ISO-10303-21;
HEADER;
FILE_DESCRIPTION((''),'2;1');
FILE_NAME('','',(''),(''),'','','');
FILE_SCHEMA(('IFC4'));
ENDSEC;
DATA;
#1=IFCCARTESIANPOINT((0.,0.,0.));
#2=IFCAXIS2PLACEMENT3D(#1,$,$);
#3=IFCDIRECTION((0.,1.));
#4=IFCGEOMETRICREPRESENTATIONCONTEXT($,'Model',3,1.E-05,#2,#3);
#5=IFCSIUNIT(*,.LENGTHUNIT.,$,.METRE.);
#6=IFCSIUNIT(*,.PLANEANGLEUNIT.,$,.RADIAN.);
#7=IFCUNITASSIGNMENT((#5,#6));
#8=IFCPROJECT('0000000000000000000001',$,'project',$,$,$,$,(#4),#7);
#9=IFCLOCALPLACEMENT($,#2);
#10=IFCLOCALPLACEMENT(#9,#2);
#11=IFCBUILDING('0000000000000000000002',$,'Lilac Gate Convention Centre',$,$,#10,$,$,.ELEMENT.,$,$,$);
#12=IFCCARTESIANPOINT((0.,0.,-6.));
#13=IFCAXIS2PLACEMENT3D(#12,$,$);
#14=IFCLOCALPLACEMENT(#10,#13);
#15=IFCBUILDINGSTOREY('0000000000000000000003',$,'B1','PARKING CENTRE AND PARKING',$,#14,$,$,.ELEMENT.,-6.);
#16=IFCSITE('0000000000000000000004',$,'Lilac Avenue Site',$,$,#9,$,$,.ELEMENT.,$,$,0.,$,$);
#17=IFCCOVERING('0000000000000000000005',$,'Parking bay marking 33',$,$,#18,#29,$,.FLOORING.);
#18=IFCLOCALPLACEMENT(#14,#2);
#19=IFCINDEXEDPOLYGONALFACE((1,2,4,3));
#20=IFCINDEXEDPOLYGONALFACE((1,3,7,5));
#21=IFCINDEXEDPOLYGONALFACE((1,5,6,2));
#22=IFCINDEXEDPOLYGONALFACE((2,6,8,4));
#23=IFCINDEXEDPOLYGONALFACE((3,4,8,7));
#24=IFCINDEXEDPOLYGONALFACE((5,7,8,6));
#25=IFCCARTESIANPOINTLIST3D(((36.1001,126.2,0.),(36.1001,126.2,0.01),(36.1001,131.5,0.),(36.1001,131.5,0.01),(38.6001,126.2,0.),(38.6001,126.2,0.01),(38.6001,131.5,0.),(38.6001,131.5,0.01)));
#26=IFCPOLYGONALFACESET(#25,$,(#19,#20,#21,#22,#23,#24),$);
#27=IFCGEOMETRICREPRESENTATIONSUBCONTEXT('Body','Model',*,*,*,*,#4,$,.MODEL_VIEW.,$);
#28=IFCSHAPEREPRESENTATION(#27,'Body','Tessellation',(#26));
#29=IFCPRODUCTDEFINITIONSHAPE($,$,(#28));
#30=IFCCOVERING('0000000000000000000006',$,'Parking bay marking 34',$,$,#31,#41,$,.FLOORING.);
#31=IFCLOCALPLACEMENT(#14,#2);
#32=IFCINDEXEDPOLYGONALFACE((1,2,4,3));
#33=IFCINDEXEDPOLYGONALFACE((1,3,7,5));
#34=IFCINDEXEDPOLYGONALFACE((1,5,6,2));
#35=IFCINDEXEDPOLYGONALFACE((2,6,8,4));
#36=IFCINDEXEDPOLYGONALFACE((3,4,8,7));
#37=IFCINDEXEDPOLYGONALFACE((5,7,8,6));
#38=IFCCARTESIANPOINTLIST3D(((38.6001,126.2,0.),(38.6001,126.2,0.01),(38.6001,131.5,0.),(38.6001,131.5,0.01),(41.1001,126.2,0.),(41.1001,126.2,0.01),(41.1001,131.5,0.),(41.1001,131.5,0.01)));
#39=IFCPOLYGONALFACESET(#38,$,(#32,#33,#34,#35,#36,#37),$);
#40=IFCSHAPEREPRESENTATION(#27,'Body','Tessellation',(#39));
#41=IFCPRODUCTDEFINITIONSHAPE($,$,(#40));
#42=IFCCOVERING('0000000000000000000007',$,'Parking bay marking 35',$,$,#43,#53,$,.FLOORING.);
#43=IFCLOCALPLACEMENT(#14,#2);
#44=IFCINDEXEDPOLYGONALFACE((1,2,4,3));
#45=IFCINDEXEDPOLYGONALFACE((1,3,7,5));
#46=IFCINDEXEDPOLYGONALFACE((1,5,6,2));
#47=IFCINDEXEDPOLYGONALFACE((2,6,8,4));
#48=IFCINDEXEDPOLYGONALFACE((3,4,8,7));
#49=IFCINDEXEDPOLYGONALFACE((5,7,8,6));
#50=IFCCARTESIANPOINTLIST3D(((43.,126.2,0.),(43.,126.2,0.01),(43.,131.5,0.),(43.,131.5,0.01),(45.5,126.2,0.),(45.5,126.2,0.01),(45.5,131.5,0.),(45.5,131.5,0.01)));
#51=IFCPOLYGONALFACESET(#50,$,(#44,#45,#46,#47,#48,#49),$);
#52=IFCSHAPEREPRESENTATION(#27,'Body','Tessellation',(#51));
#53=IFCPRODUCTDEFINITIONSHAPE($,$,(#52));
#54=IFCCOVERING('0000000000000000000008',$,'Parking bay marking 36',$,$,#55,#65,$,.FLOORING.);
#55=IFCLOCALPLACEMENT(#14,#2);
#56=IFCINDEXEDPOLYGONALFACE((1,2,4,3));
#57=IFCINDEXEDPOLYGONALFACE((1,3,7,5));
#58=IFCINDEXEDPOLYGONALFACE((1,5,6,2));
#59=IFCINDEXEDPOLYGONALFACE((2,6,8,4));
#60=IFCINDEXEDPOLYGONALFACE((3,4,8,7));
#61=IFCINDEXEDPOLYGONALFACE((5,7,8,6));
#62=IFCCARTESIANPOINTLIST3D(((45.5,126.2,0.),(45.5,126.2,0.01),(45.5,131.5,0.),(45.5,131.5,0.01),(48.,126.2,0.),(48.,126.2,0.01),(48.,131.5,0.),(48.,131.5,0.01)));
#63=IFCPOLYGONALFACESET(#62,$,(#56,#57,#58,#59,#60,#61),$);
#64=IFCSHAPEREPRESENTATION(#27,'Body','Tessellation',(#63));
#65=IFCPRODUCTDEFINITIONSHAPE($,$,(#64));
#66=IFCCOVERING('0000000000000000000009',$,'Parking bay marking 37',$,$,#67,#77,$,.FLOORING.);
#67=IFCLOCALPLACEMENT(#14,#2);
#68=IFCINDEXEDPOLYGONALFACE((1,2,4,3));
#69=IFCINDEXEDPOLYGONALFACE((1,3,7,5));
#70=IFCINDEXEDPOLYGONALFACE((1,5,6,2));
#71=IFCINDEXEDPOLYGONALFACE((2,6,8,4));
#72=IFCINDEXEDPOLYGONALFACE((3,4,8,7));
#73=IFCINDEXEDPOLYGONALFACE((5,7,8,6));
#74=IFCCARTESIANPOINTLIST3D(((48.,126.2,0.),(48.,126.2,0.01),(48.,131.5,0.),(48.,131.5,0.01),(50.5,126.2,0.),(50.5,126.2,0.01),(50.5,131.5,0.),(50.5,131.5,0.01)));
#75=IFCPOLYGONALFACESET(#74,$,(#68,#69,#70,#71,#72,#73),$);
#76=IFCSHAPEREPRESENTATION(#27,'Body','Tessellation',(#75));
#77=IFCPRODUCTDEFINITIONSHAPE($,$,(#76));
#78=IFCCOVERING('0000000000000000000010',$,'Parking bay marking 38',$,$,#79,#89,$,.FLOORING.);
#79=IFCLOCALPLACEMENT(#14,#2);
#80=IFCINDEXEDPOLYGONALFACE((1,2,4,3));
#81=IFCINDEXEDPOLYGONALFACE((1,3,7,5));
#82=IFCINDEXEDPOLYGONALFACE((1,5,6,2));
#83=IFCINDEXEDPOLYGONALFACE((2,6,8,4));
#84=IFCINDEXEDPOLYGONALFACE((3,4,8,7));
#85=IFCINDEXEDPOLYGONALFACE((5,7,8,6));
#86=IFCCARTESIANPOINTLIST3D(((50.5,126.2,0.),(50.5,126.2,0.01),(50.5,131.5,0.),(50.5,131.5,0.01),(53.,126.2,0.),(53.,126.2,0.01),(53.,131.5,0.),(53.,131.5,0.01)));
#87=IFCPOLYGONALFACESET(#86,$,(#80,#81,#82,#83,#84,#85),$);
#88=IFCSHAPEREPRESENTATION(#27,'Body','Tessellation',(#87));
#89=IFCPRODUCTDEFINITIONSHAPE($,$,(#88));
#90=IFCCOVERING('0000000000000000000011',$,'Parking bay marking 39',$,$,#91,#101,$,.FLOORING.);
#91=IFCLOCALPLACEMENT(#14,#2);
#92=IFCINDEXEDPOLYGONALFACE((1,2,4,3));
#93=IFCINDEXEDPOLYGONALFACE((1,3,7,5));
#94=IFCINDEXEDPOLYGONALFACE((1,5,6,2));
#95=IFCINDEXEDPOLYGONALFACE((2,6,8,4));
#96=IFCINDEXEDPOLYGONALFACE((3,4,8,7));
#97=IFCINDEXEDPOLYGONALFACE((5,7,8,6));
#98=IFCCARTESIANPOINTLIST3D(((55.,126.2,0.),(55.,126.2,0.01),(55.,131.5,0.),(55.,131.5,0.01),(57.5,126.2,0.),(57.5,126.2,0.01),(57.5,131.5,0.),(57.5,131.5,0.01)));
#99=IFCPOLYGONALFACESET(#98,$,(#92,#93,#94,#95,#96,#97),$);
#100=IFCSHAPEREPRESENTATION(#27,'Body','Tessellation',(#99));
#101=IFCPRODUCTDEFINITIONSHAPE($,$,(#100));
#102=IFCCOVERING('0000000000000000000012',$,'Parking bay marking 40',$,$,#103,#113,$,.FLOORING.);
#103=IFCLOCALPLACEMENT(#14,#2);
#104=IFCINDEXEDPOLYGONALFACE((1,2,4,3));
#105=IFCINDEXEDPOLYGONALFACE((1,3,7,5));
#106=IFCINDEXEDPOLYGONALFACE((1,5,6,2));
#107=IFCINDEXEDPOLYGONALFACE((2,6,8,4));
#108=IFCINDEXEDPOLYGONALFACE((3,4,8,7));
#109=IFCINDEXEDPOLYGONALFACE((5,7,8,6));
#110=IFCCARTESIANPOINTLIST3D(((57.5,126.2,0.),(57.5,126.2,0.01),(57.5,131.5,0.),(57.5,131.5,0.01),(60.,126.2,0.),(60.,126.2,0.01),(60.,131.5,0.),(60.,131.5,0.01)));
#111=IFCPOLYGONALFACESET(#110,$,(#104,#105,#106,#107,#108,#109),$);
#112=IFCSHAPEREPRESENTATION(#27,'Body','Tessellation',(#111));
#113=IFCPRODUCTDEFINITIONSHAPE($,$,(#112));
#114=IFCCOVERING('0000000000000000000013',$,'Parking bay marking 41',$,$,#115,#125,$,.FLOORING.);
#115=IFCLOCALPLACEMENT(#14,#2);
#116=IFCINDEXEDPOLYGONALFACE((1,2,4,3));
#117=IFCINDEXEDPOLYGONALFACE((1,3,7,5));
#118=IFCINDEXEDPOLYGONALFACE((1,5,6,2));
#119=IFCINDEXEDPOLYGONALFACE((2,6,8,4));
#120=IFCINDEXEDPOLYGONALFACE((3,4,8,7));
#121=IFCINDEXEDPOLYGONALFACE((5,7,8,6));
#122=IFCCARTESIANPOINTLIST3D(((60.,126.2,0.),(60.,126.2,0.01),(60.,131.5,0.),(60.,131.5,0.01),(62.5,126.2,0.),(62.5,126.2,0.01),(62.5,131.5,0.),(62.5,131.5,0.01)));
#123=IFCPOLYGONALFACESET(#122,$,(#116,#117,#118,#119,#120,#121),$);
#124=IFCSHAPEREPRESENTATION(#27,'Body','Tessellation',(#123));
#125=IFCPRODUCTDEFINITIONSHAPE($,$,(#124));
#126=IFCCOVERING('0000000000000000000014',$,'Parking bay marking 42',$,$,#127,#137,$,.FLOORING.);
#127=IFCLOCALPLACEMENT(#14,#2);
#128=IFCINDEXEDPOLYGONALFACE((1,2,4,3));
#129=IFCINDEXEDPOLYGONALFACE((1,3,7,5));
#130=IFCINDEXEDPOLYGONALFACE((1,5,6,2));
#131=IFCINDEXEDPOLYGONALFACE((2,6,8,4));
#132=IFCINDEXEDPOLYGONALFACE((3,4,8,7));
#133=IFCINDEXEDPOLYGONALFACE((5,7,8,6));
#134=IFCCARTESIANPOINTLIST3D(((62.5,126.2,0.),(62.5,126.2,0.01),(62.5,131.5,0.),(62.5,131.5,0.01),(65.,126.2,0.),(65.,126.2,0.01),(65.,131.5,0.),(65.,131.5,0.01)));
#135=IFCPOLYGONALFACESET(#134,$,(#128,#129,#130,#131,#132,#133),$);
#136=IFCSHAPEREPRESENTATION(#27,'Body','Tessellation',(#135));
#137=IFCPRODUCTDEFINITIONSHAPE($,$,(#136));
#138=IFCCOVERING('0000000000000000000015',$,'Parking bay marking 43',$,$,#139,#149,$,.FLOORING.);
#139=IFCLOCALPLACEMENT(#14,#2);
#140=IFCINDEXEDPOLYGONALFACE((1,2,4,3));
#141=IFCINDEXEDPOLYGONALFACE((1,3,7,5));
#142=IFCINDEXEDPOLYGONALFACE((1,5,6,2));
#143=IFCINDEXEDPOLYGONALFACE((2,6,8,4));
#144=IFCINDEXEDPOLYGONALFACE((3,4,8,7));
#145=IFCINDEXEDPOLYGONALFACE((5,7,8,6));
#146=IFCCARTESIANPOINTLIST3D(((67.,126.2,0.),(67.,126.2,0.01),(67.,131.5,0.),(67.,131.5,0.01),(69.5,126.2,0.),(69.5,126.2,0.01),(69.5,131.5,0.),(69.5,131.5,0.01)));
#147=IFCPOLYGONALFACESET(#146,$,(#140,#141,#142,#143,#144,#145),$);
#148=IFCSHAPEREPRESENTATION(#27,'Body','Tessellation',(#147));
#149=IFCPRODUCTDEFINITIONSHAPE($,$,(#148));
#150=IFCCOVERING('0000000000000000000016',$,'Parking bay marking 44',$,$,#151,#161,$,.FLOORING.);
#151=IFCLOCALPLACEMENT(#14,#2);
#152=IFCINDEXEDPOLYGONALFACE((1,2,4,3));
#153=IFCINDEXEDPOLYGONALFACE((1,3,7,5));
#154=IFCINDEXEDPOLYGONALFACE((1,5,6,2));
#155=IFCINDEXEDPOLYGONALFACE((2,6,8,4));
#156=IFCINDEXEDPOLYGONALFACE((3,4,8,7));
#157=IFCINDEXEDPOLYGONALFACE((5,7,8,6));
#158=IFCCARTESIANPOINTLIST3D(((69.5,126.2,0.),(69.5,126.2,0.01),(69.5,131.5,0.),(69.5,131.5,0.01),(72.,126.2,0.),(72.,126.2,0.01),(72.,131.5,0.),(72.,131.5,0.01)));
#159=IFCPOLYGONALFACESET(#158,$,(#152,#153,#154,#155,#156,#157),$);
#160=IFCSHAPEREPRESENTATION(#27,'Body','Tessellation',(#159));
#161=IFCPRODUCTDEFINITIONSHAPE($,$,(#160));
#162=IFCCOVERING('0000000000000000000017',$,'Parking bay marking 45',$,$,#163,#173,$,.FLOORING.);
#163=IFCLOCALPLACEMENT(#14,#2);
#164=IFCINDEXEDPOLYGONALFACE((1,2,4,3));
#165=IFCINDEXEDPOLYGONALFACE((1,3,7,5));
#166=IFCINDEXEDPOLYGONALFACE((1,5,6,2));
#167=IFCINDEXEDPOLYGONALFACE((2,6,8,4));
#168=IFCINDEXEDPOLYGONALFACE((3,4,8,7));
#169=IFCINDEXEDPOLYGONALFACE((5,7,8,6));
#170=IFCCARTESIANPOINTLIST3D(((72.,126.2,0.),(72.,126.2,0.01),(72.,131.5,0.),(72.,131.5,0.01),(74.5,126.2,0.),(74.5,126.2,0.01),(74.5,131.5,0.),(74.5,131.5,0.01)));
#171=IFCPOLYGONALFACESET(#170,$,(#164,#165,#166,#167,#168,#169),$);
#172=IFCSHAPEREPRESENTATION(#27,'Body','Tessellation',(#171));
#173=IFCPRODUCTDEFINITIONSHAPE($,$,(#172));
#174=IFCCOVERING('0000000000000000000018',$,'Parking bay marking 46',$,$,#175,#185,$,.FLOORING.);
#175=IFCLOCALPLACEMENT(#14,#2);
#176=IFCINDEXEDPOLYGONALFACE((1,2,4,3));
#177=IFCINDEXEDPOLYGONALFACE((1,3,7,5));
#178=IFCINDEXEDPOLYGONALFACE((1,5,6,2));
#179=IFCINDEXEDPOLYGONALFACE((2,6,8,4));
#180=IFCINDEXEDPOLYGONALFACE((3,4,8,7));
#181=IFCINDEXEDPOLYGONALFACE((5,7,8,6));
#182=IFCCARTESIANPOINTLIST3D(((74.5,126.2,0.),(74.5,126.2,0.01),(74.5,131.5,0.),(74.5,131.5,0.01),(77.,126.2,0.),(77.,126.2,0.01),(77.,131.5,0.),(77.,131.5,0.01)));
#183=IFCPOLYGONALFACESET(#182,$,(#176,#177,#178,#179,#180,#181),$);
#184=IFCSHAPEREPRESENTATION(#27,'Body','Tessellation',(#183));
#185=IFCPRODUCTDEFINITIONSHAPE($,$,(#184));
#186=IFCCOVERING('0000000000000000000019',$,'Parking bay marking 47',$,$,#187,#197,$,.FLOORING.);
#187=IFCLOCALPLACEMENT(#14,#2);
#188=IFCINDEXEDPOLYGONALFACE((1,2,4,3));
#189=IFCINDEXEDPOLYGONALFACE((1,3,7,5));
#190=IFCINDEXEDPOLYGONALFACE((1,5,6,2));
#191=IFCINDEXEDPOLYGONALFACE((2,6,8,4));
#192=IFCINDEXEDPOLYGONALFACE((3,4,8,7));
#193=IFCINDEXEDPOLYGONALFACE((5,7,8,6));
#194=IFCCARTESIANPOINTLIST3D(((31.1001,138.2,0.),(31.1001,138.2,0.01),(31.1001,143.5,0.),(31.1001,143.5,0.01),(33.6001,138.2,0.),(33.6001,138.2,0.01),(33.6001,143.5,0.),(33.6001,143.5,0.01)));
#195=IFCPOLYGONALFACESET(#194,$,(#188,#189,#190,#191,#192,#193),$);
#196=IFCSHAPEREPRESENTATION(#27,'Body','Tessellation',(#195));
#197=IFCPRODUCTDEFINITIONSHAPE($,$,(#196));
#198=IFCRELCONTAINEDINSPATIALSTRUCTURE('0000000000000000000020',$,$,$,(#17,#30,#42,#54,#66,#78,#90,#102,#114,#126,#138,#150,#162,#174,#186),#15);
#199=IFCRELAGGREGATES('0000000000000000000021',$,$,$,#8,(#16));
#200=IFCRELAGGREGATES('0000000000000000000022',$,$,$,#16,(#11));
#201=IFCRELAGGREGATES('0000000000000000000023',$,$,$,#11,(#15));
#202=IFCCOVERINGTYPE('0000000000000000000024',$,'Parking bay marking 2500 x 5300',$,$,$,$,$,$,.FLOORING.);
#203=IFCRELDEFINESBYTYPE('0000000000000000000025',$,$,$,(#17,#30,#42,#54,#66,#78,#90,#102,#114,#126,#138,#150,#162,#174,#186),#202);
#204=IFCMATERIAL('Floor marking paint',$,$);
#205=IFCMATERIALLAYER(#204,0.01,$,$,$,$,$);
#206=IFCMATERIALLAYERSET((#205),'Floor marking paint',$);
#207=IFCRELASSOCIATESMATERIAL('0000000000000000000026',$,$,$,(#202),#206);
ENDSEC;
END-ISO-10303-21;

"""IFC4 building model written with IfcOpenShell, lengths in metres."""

from ifc_helpers import new_model, si_unit, direction, frame, origin, place, context, subcontext, project, spatial, polyline, outline, extrude, material, layer, layer_set, type_object, element, save


model = new_model("IFC4")

# Units and contexts
model_context = context("Model", 3, precision=1e-05, world=origin(), true_north=direction((0.0, 1.0)))
body_context = subcontext(model_context, "Body", "Model", "MODEL_VIEW")
ifc_project = project(units=[si_unit("LENGTHUNIT", "METRE"), si_unit("PLANEANGLEUNIT", "RADIAN")], contexts=[model_context])

# Site, building, storey
site_placement = place(None, origin())
site = spatial("IfcSite", under=ifc_project, at=site_placement, Name="Lilac Avenue Site", CompositionType="ELEMENT", RefElevation=0.0)
building_placement = place(site_placement, origin())
building = spatial("IfcBuilding", under=site, at=building_placement, Name="Lilac Gate Convention Centre", CompositionType="ELEMENT")
storey_placement = place(building_placement, frame((0.0, 0.0, -6.0)))
storey = spatial("IfcBuildingStorey", under=building, at=storey_placement, Name="B1", Description="PARKING CENTRE AND PARKING", CompositionType="ELEMENT", Elevation=-6.0)

# Coverings
ifc_material = material(Name="Floor marking paint")
ifc_layer = layer(ifc_material, 0.01)
ifc_layer_set = layer_set([ifc_layer], Name="Floor marking paint")
covering_type = type_object("IfcCoveringType", Name="Parking bay marking 2500 x 5300", PredefinedType="FLOORING", material=ifc_layer_set)
covering_1_placement = place(storey_placement, origin())
element("IfcCovering", 1, at=covering_1_placement, inside=storey, type_object=covering_type, Name="Parking bay marking 33", PredefinedType="FLOORING", context=body_context, shape_type="SweptSolid", body=[
    extrude(outline(polyline([(36.1001, 126.2), (38.6001, 126.2), (38.6001, 131.5), (36.1001, 131.5), (36.1001, 126.2)])), origin(), (0.0, 0.0, 1.0), 0.01),
])
covering_2_placement = place(storey_placement, origin())
element("IfcCovering", 2, at=covering_2_placement, inside=storey, type_object=covering_type, Name="Parking bay marking 34", PredefinedType="FLOORING", context=body_context, shape_type="SweptSolid", body=[
    extrude(outline(polyline([(38.6001, 126.2), (41.1001, 126.2), (41.1001, 131.5), (38.6001, 131.5), (38.6001, 126.2)])), origin(), (0.0, 0.0, 1.0), 0.01),
])
covering_3_placement = place(storey_placement, origin())
element("IfcCovering", 3, at=covering_3_placement, inside=storey, type_object=covering_type, Name="Parking bay marking 35", PredefinedType="FLOORING", context=body_context, shape_type="SweptSolid", body=[
    extrude(outline(polyline([(43.0, 126.2), (45.5, 126.2), (45.5, 131.5), (43.0, 131.5), (43.0, 126.2)])), origin(), (0.0, 0.0, 1.0), 0.01),
])
covering_4_placement = place(storey_placement, origin())
element("IfcCovering", 4, at=covering_4_placement, inside=storey, type_object=covering_type, Name="Parking bay marking 36", PredefinedType="FLOORING", context=body_context, shape_type="SweptSolid", body=[
    extrude(outline(polyline([(45.5, 126.2), (48.0, 126.2), (48.0, 131.5), (45.5, 131.5), (45.5, 126.2)])), origin(), (0.0, 0.0, 1.0), 0.01),
])
covering_5_placement = place(storey_placement, origin())
element("IfcCovering", 5, at=covering_5_placement, inside=storey, type_object=covering_type, Name="Parking bay marking 37", PredefinedType="FLOORING", context=body_context, shape_type="SweptSolid", body=[
    extrude(outline(polyline([(48.0, 126.2), (50.5, 126.2), (50.5, 131.5), (48.0, 131.5), (48.0, 126.2)])), origin(), (0.0, 0.0, 1.0), 0.01),
])
covering_6_placement = place(storey_placement, origin())
element("IfcCovering", 6, at=covering_6_placement, inside=storey, type_object=covering_type, Name="Parking bay marking 38", PredefinedType="FLOORING", context=body_context, shape_type="SweptSolid", body=[
    extrude(outline(polyline([(50.5, 126.2), (53.0, 126.2), (53.0, 131.5), (50.5, 131.5), (50.5, 126.2)])), origin(), (0.0, 0.0, 1.0), 0.01),
])
covering_7_placement = place(storey_placement, origin())
element("IfcCovering", 7, at=covering_7_placement, inside=storey, type_object=covering_type, Name="Parking bay marking 39", PredefinedType="FLOORING", context=body_context, shape_type="SweptSolid", body=[
    extrude(outline(polyline([(55.0, 126.2), (57.5, 126.2), (57.5, 131.5), (55.0, 131.5), (55.0, 126.2)])), origin(), (0.0, 0.0, 1.0), 0.01),
])
covering_8_placement = place(storey_placement, origin())
element("IfcCovering", 8, at=covering_8_placement, inside=storey, type_object=covering_type, Name="Parking bay marking 40", PredefinedType="FLOORING", context=body_context, shape_type="SweptSolid", body=[
    extrude(outline(polyline([(57.5, 126.2), (60.0, 126.2), (60.0, 131.5), (57.5, 131.5), (57.5, 126.2)])), origin(), (0.0, 0.0, 1.0), 0.01),
])
covering_9_placement = place(storey_placement, origin())
element("IfcCovering", 9, at=covering_9_placement, inside=storey, type_object=covering_type, Name="Parking bay marking 41", PredefinedType="FLOORING", context=body_context, shape_type="SweptSolid", body=[
    extrude(outline(polyline([(60.0, 126.2), (62.5, 126.2), (62.5, 131.5), (60.0, 131.5), (60.0, 126.2)])), origin(), (0.0, 0.0, 1.0), 0.01),
])
covering_10_placement = place(storey_placement, origin())
element("IfcCovering", 10, at=covering_10_placement, inside=storey, type_object=covering_type, Name="Parking bay marking 42", PredefinedType="FLOORING", context=body_context, shape_type="SweptSolid", body=[
    extrude(outline(polyline([(62.5, 126.2), (65.0, 126.2), (65.0, 131.5), (62.5, 131.5), (62.5, 126.2)])), origin(), (0.0, 0.0, 1.0), 0.01),
])
covering_11_placement = place(storey_placement, origin())
element("IfcCovering", 11, at=covering_11_placement, inside=storey, type_object=covering_type, Name="Parking bay marking 43", PredefinedType="FLOORING", context=body_context, shape_type="SweptSolid", body=[
    extrude(outline(polyline([(67.0, 126.2), (69.5, 126.2), (69.5, 131.5), (67.0, 131.5), (67.0, 126.2)])), origin(), (0.0, 0.0, 1.0), 0.01),
])
covering_12_placement = place(storey_placement, origin())
element("IfcCovering", 12, at=covering_12_placement, inside=storey, type_object=covering_type, Name="Parking bay marking 44", PredefinedType="FLOORING", context=body_context, shape_type="SweptSolid", body=[
    extrude(outline(polyline([(69.5, 126.2), (72.0, 126.2), (72.0, 131.5), (69.5, 131.5), (69.5, 126.2)])), origin(), (0.0, 0.0, 1.0), 0.01),
])
covering_13_placement = place(storey_placement, origin())
element("IfcCovering", 13, at=covering_13_placement, inside=storey, type_object=covering_type, Name="Parking bay marking 45", PredefinedType="FLOORING", context=body_context, shape_type="SweptSolid", body=[
    extrude(outline(polyline([(72.0, 126.2), (74.5, 126.2), (74.5, 131.5), (72.0, 131.5), (72.0, 126.2)])), origin(), (0.0, 0.0, 1.0), 0.01),
])
covering_14_placement = place(storey_placement, origin())
element("IfcCovering", 14, at=covering_14_placement, inside=storey, type_object=covering_type, Name="Parking bay marking 46", PredefinedType="FLOORING", context=body_context, shape_type="SweptSolid", body=[
    extrude(outline(polyline([(74.5, 126.2), (77.0, 126.2), (77.0, 131.5), (74.5, 131.5), (74.5, 126.2)])), origin(), (0.0, 0.0, 1.0), 0.01),
])
covering_15_placement = place(storey_placement, origin())
element("IfcCovering", 15, at=covering_15_placement, inside=storey, type_object=covering_type, Name="Parking bay marking 47", PredefinedType="FLOORING", context=body_context, shape_type="SweptSolid", body=[
    extrude(outline(polyline([(31.1001, 138.2), (33.6001, 138.2), (33.6001, 143.5), (31.1001, 143.5), (31.1001, 138.2)])), origin(), (0.0, 0.0, 1.0), 0.01),
])

save(model, "model.ifc")
